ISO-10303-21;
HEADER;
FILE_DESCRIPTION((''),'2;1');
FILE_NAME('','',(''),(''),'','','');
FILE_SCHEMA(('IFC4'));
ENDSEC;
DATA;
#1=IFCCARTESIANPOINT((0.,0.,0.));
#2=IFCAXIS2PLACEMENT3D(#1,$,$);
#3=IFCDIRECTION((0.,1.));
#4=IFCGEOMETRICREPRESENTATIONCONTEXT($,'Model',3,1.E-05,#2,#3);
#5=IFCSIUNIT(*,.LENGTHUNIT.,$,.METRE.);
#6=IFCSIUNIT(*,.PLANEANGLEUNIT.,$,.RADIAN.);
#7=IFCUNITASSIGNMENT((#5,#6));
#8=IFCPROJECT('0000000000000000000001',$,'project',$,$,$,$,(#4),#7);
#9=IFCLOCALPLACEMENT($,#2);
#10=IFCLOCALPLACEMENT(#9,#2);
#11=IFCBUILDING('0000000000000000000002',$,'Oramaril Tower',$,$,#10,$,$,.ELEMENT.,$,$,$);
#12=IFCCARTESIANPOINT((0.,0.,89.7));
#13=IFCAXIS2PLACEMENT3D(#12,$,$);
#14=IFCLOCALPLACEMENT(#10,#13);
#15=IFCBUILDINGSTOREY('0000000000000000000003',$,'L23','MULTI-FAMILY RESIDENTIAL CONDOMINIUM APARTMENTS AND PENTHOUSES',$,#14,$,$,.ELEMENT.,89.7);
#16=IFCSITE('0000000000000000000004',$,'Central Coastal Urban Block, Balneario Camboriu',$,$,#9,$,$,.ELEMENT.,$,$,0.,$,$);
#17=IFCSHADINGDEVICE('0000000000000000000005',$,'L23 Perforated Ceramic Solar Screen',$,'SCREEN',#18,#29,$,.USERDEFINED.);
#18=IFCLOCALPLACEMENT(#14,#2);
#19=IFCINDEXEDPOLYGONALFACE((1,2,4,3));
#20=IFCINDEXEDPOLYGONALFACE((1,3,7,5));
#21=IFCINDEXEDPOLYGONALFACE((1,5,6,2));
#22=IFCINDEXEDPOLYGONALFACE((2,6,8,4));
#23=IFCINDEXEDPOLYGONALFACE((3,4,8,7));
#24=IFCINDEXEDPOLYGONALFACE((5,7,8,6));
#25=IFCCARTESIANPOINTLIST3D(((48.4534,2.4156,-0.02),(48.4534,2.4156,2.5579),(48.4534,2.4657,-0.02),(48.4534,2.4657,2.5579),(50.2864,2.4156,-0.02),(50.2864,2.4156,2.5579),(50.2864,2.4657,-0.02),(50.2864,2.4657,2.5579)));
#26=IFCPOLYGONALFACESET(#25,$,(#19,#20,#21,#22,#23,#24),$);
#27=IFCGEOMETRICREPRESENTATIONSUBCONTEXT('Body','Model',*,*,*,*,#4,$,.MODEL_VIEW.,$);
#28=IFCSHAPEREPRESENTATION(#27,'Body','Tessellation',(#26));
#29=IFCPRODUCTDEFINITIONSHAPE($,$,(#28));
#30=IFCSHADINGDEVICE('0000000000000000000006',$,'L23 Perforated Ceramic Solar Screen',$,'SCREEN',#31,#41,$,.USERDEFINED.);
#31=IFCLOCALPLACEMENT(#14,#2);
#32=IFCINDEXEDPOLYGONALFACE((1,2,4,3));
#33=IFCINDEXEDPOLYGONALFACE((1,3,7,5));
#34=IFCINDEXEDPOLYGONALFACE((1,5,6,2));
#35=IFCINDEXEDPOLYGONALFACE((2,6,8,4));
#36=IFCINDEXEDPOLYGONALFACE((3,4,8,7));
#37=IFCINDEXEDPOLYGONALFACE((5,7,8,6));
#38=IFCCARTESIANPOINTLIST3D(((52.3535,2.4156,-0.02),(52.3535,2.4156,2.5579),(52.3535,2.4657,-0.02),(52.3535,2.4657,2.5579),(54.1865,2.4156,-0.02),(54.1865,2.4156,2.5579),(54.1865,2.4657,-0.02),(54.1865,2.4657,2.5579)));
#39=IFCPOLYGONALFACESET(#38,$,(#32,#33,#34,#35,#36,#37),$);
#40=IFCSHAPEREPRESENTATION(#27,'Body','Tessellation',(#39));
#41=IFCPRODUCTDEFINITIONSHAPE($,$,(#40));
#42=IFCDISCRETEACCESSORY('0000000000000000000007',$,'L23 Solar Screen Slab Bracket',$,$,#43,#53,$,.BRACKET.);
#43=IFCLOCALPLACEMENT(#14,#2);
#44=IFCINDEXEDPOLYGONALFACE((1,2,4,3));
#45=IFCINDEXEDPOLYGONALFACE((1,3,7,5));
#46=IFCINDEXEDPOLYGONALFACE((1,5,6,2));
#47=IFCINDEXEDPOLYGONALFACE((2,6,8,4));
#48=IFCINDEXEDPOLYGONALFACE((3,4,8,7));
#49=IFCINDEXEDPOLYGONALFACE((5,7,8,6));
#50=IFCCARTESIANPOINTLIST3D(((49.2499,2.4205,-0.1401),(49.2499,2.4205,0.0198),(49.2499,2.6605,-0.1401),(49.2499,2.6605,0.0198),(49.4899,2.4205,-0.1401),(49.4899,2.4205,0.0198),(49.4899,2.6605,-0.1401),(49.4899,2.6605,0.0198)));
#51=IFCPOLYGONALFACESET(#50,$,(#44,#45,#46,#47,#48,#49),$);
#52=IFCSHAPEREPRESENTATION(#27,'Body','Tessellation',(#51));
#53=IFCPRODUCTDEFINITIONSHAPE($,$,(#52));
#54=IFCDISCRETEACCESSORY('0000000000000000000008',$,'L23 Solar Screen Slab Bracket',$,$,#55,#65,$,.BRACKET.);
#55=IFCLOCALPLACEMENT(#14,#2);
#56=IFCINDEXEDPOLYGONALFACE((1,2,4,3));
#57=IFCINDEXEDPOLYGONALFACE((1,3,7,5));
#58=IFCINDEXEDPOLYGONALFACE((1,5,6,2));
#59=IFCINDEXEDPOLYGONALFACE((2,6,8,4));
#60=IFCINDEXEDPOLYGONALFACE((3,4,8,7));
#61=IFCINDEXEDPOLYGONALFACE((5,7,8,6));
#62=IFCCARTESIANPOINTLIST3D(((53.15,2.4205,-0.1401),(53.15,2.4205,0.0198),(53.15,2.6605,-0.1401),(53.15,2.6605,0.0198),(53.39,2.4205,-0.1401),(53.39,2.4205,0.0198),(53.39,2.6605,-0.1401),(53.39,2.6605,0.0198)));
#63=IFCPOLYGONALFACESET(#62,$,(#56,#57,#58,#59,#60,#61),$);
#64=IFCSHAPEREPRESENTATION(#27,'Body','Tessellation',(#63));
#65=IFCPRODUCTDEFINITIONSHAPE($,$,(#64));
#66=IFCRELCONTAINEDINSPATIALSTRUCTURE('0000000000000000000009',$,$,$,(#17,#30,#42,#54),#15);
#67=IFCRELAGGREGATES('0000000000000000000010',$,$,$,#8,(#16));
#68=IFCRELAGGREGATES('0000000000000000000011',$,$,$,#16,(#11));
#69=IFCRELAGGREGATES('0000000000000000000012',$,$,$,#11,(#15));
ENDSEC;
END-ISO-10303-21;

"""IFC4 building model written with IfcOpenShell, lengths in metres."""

from ifc_helpers import new_model, si_unit, direction, frame, origin, origin_2d, place, context, subcontext, project, spatial, rectangle, extrude, element, save


model = new_model("IFC4")

# Units and contexts
model_context = context("Model", 3, precision=1e-05, world=origin(), true_north=direction((0.0, 1.0)))
body_context = subcontext(model_context, "Body", "Model", "MODEL_VIEW")
ifc_project = project(units=[si_unit("LENGTHUNIT", "METRE"), si_unit("PLANEANGLEUNIT", "RADIAN")], contexts=[model_context])

# Site, building, storey
site_placement = place(None, origin())
site = spatial("IfcSite", under=ifc_project, at=site_placement, Name="Central Coastal Urban Block, Balneario Camboriu", CompositionType="ELEMENT", RefElevation=0.0)
building_placement = place(site_placement, origin())
building = spatial("IfcBuilding", under=site, at=building_placement, Name="Oramaril Tower", CompositionType="ELEMENT")
storey_placement = place(building_placement, frame((0.0, 0.0, 89.7)))
storey = spatial("IfcBuildingStorey", under=building, at=storey_placement, Name="L23", Description="MULTI-FAMILY RESIDENTIAL CONDOMINIUM APARTMENTS AND PENTHOUSES", CompositionType="ELEMENT", Elevation=89.7)

# Shading devices
for number, where, z_axis, x_axis, name in (
    (1, (49.3699, 2.4407, -0.02), (0.0, 0.0, 1.0), (1.0, 0.0, 0.0), "L23 Perforated Ceramic Solar Screen"),
    (2, (53.27, 2.4407, -0.02), (0.0, 0.0, 1.0), (1.0, 0.0, 0.0), "L23 Perforated Ceramic Solar Screen"),
):
    element("IfcShadingDevice", number, at=place(storey_placement, frame(where, z_axis=z_axis, x_axis=x_axis)), inside=storey, Name=name, ObjectType="SCREEN", PredefinedType="USERDEFINED", context=body_context, shape_type="SweptSolid", body=[
        extrude(rectangle(XDim=1.833, YDim=0.05, at=origin_2d()), origin(), (0.0, 0.0, 1.0), 2.5779),
    ])

# Discrete accessories
for number, where, z_axis, x_axis, name in (
    (3, (49.3699, 2.5405, -0.1401), (0.0, 0.0, 1.0), (1.0, 0.0, 0.0), "L23 Solar Screen Slab Bracket"),
    (4, (53.27, 2.5405, -0.1401), (0.0, 0.0, 1.0), (1.0, 0.0, 0.0), "L23 Solar Screen Slab Bracket"),
):
    element("IfcDiscreteAccessory", number, at=place(storey_placement, frame(where, z_axis=z_axis, x_axis=x_axis)), inside=storey, Name=name, PredefinedType="BRACKET", context=body_context, shape_type="SweptSolid", body=[
        extrude(rectangle(XDim=0.24, YDim=0.24, at=origin_2d()), origin(), (0.0, 0.0, 1.0), 0.1599),
    ])

save(model, "model.ifc")
